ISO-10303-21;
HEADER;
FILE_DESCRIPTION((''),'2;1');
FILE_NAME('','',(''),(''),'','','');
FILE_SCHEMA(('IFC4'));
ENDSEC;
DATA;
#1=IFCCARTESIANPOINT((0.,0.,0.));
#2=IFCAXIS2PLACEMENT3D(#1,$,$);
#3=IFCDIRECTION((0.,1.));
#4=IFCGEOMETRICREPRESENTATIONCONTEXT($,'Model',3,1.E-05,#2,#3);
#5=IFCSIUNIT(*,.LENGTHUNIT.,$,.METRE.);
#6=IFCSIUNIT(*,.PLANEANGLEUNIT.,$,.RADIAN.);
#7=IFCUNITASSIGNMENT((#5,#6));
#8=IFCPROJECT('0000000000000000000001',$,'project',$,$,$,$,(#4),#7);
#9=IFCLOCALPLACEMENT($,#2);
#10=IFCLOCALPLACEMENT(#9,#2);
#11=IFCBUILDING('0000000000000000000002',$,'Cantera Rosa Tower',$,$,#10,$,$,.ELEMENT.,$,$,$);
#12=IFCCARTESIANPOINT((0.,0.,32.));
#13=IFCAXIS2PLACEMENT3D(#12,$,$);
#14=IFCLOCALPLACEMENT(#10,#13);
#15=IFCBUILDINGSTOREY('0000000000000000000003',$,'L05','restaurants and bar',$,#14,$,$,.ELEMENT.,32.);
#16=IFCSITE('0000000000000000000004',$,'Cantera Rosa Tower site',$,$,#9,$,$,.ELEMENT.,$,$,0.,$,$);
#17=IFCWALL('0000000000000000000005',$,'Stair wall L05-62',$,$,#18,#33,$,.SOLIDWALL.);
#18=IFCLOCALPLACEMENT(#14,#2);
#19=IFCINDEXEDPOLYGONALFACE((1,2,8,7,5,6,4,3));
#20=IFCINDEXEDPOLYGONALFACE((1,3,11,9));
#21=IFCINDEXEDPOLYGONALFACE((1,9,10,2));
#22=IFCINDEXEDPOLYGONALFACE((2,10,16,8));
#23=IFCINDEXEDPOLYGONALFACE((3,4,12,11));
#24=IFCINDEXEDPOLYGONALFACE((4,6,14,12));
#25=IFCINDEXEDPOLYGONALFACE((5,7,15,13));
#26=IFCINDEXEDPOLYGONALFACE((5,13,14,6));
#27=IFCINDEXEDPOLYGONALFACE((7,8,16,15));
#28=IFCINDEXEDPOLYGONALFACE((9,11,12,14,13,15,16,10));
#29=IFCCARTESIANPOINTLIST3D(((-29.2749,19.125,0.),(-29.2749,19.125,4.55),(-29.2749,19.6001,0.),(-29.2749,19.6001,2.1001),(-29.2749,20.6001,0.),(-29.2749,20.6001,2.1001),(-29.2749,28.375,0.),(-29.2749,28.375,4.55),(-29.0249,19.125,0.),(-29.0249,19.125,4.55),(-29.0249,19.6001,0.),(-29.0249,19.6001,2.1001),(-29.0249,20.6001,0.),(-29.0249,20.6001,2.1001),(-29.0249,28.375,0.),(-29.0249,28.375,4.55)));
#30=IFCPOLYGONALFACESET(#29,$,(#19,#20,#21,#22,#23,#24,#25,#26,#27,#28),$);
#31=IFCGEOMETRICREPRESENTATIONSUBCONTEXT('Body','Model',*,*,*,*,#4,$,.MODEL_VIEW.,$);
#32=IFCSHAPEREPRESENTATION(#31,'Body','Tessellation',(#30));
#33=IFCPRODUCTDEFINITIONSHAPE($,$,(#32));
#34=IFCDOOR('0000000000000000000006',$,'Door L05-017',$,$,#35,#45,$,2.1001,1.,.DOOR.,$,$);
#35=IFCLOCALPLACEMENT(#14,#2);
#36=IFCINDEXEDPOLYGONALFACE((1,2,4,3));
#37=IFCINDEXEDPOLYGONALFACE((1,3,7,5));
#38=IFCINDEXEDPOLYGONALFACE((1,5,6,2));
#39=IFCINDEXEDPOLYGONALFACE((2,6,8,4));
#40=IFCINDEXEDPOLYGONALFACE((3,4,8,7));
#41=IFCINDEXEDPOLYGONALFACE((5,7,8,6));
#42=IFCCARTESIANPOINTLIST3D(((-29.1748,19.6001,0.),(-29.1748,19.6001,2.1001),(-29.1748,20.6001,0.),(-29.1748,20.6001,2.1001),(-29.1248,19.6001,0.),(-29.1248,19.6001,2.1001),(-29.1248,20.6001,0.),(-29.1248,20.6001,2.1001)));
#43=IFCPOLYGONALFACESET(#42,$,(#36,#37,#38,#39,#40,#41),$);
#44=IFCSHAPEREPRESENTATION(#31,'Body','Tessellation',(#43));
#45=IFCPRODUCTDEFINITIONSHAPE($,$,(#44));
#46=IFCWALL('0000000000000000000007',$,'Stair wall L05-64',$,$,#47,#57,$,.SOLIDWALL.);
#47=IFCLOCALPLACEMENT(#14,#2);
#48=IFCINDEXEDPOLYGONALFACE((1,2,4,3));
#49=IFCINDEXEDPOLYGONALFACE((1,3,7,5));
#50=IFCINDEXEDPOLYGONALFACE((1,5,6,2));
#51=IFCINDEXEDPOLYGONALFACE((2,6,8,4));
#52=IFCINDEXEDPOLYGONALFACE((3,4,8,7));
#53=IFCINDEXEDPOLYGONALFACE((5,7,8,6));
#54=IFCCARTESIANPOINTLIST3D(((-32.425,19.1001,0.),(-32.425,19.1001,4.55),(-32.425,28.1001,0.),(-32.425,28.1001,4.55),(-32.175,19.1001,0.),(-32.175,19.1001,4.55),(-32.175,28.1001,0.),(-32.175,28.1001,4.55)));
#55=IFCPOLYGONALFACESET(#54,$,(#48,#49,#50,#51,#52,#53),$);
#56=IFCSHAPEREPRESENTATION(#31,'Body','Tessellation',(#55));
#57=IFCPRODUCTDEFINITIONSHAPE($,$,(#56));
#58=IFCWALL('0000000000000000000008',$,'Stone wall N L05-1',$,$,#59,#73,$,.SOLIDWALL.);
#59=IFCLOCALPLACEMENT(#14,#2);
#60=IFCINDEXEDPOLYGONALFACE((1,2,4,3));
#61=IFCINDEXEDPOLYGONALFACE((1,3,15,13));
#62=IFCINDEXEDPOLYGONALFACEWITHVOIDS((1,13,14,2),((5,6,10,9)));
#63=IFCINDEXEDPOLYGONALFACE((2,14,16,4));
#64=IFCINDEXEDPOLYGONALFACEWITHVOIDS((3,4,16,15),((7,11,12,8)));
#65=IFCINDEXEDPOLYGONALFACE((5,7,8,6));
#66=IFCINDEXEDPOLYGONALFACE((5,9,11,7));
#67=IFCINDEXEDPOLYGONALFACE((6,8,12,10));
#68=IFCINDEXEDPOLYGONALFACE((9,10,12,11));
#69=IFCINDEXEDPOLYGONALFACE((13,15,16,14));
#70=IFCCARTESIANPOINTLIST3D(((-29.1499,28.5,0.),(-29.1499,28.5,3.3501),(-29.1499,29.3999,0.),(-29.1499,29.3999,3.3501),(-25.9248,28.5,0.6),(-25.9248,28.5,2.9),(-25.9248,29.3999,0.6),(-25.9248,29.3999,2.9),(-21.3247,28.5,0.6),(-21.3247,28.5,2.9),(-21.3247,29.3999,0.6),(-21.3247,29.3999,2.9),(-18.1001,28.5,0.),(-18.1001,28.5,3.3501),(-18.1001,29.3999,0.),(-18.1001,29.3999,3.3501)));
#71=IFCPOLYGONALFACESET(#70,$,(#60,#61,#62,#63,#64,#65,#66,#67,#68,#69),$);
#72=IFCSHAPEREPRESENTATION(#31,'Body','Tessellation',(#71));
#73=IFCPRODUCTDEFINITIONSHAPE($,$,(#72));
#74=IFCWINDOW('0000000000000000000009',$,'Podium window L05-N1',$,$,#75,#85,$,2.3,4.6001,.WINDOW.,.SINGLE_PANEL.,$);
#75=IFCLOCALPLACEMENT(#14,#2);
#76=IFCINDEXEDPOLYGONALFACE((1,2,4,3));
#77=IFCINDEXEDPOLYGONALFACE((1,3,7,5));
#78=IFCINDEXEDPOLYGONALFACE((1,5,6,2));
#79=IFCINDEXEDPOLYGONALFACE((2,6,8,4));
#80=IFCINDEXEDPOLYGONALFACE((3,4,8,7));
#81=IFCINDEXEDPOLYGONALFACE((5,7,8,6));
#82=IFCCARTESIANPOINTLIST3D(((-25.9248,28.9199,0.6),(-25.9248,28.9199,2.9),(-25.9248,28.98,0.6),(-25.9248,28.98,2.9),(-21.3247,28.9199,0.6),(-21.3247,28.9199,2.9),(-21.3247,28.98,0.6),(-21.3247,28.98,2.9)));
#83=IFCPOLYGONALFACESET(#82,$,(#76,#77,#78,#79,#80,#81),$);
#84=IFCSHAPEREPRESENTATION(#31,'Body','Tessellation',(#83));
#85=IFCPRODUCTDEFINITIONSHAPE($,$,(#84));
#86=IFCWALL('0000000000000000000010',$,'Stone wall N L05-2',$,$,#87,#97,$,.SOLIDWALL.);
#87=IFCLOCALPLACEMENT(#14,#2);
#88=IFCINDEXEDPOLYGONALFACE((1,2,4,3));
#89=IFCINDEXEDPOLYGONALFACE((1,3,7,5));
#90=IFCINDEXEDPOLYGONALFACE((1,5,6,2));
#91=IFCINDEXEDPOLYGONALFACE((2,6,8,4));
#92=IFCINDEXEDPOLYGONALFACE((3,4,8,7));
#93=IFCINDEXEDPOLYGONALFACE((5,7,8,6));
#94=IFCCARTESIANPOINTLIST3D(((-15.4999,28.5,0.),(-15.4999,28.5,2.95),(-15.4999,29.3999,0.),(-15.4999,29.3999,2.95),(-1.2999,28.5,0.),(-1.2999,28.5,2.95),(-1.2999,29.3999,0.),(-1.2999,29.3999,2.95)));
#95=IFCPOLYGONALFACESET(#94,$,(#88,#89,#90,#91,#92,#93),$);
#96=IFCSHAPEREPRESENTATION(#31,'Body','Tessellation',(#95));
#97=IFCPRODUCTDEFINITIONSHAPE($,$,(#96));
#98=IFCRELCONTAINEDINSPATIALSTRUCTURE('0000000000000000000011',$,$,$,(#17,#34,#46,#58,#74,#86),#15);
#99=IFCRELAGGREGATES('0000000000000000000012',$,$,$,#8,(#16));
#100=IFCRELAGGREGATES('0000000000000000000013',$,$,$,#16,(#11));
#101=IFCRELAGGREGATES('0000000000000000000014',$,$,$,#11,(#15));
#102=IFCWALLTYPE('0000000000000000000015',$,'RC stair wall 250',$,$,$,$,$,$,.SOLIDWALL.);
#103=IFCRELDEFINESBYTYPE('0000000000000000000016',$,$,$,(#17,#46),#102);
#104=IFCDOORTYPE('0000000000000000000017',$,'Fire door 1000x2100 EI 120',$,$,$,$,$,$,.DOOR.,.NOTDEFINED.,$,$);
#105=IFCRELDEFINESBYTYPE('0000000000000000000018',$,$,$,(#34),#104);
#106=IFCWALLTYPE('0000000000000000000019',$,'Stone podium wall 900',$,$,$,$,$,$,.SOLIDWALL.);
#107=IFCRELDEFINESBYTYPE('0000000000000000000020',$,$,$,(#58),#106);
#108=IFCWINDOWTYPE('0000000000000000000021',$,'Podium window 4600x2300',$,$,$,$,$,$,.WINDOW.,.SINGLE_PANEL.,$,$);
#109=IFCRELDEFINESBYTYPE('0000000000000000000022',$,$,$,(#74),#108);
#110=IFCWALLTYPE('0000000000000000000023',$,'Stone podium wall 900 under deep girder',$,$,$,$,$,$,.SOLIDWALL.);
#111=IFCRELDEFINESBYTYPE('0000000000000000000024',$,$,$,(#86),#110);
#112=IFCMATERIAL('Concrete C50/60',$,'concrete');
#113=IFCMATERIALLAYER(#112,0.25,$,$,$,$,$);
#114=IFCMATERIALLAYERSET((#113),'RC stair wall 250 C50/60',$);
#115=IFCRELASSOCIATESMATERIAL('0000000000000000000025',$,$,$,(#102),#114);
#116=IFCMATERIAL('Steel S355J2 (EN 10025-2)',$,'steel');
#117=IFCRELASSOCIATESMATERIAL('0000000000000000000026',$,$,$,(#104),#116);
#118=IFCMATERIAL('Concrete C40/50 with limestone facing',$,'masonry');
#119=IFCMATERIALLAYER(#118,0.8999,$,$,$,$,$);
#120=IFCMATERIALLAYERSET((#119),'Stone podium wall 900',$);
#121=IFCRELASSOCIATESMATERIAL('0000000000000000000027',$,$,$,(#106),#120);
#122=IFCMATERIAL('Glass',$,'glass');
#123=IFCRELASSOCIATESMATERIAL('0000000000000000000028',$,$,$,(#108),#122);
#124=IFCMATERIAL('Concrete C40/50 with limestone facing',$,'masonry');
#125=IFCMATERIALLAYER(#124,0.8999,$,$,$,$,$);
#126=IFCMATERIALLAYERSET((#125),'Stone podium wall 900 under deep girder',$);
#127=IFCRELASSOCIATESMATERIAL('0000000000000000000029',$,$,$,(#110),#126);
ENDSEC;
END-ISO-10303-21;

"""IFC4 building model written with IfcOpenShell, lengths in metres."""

from ifc_helpers import new_model, si_unit, direction, frame, frame_2d, origin, place, context, subcontext, project, spatial, rectangle, extrude, material, layer, layer_set, type_object, element, fill, save


model = new_model("IFC4")

# Units and contexts
model_context = context("Model", 3, precision=1e-05, world=origin(), true_north=direction((0.0, 1.0)))
body_context = subcontext(model_context, "Body", "Model", "MODEL_VIEW")
ifc_project = project(units=[si_unit("LENGTHUNIT", "METRE"), si_unit("PLANEANGLEUNIT", "RADIAN")], contexts=[model_context])

# Site, building, storey
site_placement = place(None, origin())
site = spatial("IfcSite", under=ifc_project, at=site_placement, Name="Cantera Rosa Tower site", CompositionType="ELEMENT", RefElevation=0.0)
building_placement = place(site_placement, origin())
building = spatial("IfcBuilding", under=site, at=building_placement, Name="Cantera Rosa Tower", CompositionType="ELEMENT")
storey_placement = place(building_placement, frame((0.0, 0.0, 32.0)))
storey = spatial("IfcBuildingStorey", under=building, at=storey_placement, Name="L05", Description="restaurants and bar", CompositionType="ELEMENT", Elevation=32.0)

# Wall, opening, door
ifc_material_1 = material(Name="Concrete C50/60", Category="concrete")
ifc_layer_1 = layer(ifc_material_1, 0.25)
ifc_layer_set_1 = layer_set([ifc_layer_1], Name="RC stair wall 250 C50/60")
wall_type_1 = type_object("IfcWallType", Name="RC stair wall 250", PredefinedType="SOLIDWALL", material=ifc_layer_set_1)
wall_1_placement = place(storey_placement, frame((-29.1499, 19.125, 0.0), z_axis=(0.0, 0.0, 1.0), x_axis=(0.0, 1.0, 0.0)))
wall_1 = element("IfcWall", 1, at=wall_1_placement, inside=storey, type_object=wall_type_1, Name="Stair wall L05-62", PredefinedType="SOLIDWALL", context=body_context, shape_type="SweptSolid", body=[
    extrude(rectangle(XDim=9.25, YDim=0.25, at=frame_2d((4.625, 0.0))), origin(), (0.0, 0.0, 1.0), 4.55),
])
opening_1_placement = place(wall_1_placement, frame((0.4751, 0.0, 0.0)))
opening_1 = element("IfcOpeningElement", 2, at=opening_1_placement, cuts=wall_1, PredefinedType="OPENING", context=body_context, shape_type="SweptSolid", body=[
    extrude(rectangle(XDim=1.0, YDim=2.1001, at=frame_2d((0.5, 1.05))), frame((0.0, 0.135, 0.0), z_axis=(0.0, -1.0, 0.0), x_axis=(1.0, 0.0, 0.0)), (0.0, 0.0, 1.0), 0.27),
])
ifc_material_2 = material(Name="Steel S355J2 (EN 10025-2)", Category="steel")
door_type_1 = type_object("IfcDoorType", Name="Fire door 1000x2100 EI 120", OperationType="NOTDEFINED", PredefinedType="DOOR", material=ifc_material_2)
door_1_placement = place(opening_1_placement, origin())
door_1 = element("IfcDoor", 3, at=door_1_placement, inside=storey, type_object=door_type_1, Name="Door L05-017", OverallHeight=2.1001, OverallWidth=1.0, PredefinedType="DOOR", context=body_context, shape_type="SweptSolid", body=[
    extrude(rectangle(XDim=1.0, YDim=2.1001, at=frame_2d((0.5, 1.05))), frame((0.0, 0.0249, 0.0), z_axis=(0.0, -1.0, 0.0), x_axis=(1.0, 0.0, 0.0)), (0.0, 0.0, 1.0), 0.05),
])
fill(opening_1, door_1)

# Wall
wall_2_placement = place(storey_placement, frame((-32.3, 19.1001, 0.0), z_axis=(0.0, 0.0, 1.0), x_axis=(0.0, 1.0, 0.0)))
element("IfcWall", 4, at=wall_2_placement, inside=storey, type_object=wall_type_1, Name="Stair wall L05-64", PredefinedType="SOLIDWALL", context=body_context, shape_type="SweptSolid", body=[
    extrude(rectangle(XDim=9.0, YDim=0.25, at=frame_2d((4.5, 0.0))), origin(), (0.0, 0.0, 1.0), 4.55),
])

# Wall, opening, window
ifc_material_3 = material(Name="Concrete C40/50 with limestone facing", Category="masonry")
ifc_layer_2 = layer(ifc_material_3, 0.8999)
ifc_layer_set_2 = layer_set([ifc_layer_2], Name="Stone podium wall 900")
wall_type_2 = type_object("IfcWallType", Name="Stone podium wall 900", PredefinedType="SOLIDWALL", material=ifc_layer_set_2)
wall_3_placement = place(storey_placement, frame((-29.1499, 28.95, 0.0), z_axis=(0.0, 0.0, 1.0), x_axis=(1.0, 0.0, 0.0)))
wall_3 = element("IfcWall", 5, at=wall_3_placement, inside=storey, type_object=wall_type_2, Name="Stone wall N L05-1", PredefinedType="SOLIDWALL", context=body_context, shape_type="SweptSolid", body=[
    extrude(rectangle(XDim=11.0498, YDim=0.8999, at=frame_2d((5.5249, 0.0))), origin(), (0.0, 0.0, 1.0), 3.3501),
])
opening_2_placement = place(wall_3_placement, frame((3.2251, 0.0, 0.6001)))
opening_2 = element("IfcOpeningElement", 6, at=opening_2_placement, cuts=wall_3, PredefinedType="OPENING", context=body_context, shape_type="SweptSolid", body=[
    extrude(rectangle(XDim=4.6001, YDim=2.3, at=frame_2d((2.3, 1.1499))), frame((0.0, 0.46, 0.0), z_axis=(0.0, -1.0, 0.0), x_axis=(1.0, 0.0, 0.0)), (0.0, 0.0, 1.0), 0.9199),
])
ifc_material_4 = material(Name="Glass", Category="glass")
window_type = type_object("IfcWindowType", Name="Podium window 4600x2300", PartitioningType="SINGLE_PANEL", PredefinedType="WINDOW", material=ifc_material_4)
window_placement = place(opening_2_placement, origin())
window = element("IfcWindow", 7, at=window_placement, inside=storey, type_object=window_type, Name="Podium window L05-N1", OverallHeight=2.3, OverallWidth=4.6001, PartitioningType="SINGLE_PANEL", PredefinedType="WINDOW", context=body_context, shape_type="SweptSolid", body=[
    extrude(rectangle(XDim=4.6001, YDim=2.3, at=frame_2d((2.3, 1.1499))), frame((0.0, 0.03, 0.0), z_axis=(0.0, -1.0, 0.0), x_axis=(1.0, 0.0, 0.0)), (0.0, 0.0, 1.0), 0.0601),
])
fill(opening_2, window)

# Wall
ifc_material_5 = material(Name="Concrete C40/50 with limestone facing", Category="masonry")
ifc_layer_3 = layer(ifc_material_5, 0.8999)
ifc_layer_set_3 = layer_set([ifc_layer_3], Name="Stone podium wall 900 under deep girder")
wall_type_3 = type_object("IfcWallType", Name="Stone podium wall 900 under deep girder", PredefinedType="SOLIDWALL", material=ifc_layer_set_3)
wall_4_placement = place(storey_placement, frame((-15.5, 28.95, 0.0), z_axis=(0.0, 0.0, 1.0), x_axis=(1.0, 0.0, 0.0)))
element("IfcWall", 8, at=wall_4_placement, inside=storey, type_object=wall_type_3, Name="Stone wall N L05-2", PredefinedType="SOLIDWALL", context=body_context, shape_type="SweptSolid", body=[
    extrude(rectangle(XDim=14.2, YDim=0.8999, at=frame_2d((7.1001, 0.0))), origin(), (0.0, 0.0, 1.0), 2.95),
])

save(model, "model.ifc")
